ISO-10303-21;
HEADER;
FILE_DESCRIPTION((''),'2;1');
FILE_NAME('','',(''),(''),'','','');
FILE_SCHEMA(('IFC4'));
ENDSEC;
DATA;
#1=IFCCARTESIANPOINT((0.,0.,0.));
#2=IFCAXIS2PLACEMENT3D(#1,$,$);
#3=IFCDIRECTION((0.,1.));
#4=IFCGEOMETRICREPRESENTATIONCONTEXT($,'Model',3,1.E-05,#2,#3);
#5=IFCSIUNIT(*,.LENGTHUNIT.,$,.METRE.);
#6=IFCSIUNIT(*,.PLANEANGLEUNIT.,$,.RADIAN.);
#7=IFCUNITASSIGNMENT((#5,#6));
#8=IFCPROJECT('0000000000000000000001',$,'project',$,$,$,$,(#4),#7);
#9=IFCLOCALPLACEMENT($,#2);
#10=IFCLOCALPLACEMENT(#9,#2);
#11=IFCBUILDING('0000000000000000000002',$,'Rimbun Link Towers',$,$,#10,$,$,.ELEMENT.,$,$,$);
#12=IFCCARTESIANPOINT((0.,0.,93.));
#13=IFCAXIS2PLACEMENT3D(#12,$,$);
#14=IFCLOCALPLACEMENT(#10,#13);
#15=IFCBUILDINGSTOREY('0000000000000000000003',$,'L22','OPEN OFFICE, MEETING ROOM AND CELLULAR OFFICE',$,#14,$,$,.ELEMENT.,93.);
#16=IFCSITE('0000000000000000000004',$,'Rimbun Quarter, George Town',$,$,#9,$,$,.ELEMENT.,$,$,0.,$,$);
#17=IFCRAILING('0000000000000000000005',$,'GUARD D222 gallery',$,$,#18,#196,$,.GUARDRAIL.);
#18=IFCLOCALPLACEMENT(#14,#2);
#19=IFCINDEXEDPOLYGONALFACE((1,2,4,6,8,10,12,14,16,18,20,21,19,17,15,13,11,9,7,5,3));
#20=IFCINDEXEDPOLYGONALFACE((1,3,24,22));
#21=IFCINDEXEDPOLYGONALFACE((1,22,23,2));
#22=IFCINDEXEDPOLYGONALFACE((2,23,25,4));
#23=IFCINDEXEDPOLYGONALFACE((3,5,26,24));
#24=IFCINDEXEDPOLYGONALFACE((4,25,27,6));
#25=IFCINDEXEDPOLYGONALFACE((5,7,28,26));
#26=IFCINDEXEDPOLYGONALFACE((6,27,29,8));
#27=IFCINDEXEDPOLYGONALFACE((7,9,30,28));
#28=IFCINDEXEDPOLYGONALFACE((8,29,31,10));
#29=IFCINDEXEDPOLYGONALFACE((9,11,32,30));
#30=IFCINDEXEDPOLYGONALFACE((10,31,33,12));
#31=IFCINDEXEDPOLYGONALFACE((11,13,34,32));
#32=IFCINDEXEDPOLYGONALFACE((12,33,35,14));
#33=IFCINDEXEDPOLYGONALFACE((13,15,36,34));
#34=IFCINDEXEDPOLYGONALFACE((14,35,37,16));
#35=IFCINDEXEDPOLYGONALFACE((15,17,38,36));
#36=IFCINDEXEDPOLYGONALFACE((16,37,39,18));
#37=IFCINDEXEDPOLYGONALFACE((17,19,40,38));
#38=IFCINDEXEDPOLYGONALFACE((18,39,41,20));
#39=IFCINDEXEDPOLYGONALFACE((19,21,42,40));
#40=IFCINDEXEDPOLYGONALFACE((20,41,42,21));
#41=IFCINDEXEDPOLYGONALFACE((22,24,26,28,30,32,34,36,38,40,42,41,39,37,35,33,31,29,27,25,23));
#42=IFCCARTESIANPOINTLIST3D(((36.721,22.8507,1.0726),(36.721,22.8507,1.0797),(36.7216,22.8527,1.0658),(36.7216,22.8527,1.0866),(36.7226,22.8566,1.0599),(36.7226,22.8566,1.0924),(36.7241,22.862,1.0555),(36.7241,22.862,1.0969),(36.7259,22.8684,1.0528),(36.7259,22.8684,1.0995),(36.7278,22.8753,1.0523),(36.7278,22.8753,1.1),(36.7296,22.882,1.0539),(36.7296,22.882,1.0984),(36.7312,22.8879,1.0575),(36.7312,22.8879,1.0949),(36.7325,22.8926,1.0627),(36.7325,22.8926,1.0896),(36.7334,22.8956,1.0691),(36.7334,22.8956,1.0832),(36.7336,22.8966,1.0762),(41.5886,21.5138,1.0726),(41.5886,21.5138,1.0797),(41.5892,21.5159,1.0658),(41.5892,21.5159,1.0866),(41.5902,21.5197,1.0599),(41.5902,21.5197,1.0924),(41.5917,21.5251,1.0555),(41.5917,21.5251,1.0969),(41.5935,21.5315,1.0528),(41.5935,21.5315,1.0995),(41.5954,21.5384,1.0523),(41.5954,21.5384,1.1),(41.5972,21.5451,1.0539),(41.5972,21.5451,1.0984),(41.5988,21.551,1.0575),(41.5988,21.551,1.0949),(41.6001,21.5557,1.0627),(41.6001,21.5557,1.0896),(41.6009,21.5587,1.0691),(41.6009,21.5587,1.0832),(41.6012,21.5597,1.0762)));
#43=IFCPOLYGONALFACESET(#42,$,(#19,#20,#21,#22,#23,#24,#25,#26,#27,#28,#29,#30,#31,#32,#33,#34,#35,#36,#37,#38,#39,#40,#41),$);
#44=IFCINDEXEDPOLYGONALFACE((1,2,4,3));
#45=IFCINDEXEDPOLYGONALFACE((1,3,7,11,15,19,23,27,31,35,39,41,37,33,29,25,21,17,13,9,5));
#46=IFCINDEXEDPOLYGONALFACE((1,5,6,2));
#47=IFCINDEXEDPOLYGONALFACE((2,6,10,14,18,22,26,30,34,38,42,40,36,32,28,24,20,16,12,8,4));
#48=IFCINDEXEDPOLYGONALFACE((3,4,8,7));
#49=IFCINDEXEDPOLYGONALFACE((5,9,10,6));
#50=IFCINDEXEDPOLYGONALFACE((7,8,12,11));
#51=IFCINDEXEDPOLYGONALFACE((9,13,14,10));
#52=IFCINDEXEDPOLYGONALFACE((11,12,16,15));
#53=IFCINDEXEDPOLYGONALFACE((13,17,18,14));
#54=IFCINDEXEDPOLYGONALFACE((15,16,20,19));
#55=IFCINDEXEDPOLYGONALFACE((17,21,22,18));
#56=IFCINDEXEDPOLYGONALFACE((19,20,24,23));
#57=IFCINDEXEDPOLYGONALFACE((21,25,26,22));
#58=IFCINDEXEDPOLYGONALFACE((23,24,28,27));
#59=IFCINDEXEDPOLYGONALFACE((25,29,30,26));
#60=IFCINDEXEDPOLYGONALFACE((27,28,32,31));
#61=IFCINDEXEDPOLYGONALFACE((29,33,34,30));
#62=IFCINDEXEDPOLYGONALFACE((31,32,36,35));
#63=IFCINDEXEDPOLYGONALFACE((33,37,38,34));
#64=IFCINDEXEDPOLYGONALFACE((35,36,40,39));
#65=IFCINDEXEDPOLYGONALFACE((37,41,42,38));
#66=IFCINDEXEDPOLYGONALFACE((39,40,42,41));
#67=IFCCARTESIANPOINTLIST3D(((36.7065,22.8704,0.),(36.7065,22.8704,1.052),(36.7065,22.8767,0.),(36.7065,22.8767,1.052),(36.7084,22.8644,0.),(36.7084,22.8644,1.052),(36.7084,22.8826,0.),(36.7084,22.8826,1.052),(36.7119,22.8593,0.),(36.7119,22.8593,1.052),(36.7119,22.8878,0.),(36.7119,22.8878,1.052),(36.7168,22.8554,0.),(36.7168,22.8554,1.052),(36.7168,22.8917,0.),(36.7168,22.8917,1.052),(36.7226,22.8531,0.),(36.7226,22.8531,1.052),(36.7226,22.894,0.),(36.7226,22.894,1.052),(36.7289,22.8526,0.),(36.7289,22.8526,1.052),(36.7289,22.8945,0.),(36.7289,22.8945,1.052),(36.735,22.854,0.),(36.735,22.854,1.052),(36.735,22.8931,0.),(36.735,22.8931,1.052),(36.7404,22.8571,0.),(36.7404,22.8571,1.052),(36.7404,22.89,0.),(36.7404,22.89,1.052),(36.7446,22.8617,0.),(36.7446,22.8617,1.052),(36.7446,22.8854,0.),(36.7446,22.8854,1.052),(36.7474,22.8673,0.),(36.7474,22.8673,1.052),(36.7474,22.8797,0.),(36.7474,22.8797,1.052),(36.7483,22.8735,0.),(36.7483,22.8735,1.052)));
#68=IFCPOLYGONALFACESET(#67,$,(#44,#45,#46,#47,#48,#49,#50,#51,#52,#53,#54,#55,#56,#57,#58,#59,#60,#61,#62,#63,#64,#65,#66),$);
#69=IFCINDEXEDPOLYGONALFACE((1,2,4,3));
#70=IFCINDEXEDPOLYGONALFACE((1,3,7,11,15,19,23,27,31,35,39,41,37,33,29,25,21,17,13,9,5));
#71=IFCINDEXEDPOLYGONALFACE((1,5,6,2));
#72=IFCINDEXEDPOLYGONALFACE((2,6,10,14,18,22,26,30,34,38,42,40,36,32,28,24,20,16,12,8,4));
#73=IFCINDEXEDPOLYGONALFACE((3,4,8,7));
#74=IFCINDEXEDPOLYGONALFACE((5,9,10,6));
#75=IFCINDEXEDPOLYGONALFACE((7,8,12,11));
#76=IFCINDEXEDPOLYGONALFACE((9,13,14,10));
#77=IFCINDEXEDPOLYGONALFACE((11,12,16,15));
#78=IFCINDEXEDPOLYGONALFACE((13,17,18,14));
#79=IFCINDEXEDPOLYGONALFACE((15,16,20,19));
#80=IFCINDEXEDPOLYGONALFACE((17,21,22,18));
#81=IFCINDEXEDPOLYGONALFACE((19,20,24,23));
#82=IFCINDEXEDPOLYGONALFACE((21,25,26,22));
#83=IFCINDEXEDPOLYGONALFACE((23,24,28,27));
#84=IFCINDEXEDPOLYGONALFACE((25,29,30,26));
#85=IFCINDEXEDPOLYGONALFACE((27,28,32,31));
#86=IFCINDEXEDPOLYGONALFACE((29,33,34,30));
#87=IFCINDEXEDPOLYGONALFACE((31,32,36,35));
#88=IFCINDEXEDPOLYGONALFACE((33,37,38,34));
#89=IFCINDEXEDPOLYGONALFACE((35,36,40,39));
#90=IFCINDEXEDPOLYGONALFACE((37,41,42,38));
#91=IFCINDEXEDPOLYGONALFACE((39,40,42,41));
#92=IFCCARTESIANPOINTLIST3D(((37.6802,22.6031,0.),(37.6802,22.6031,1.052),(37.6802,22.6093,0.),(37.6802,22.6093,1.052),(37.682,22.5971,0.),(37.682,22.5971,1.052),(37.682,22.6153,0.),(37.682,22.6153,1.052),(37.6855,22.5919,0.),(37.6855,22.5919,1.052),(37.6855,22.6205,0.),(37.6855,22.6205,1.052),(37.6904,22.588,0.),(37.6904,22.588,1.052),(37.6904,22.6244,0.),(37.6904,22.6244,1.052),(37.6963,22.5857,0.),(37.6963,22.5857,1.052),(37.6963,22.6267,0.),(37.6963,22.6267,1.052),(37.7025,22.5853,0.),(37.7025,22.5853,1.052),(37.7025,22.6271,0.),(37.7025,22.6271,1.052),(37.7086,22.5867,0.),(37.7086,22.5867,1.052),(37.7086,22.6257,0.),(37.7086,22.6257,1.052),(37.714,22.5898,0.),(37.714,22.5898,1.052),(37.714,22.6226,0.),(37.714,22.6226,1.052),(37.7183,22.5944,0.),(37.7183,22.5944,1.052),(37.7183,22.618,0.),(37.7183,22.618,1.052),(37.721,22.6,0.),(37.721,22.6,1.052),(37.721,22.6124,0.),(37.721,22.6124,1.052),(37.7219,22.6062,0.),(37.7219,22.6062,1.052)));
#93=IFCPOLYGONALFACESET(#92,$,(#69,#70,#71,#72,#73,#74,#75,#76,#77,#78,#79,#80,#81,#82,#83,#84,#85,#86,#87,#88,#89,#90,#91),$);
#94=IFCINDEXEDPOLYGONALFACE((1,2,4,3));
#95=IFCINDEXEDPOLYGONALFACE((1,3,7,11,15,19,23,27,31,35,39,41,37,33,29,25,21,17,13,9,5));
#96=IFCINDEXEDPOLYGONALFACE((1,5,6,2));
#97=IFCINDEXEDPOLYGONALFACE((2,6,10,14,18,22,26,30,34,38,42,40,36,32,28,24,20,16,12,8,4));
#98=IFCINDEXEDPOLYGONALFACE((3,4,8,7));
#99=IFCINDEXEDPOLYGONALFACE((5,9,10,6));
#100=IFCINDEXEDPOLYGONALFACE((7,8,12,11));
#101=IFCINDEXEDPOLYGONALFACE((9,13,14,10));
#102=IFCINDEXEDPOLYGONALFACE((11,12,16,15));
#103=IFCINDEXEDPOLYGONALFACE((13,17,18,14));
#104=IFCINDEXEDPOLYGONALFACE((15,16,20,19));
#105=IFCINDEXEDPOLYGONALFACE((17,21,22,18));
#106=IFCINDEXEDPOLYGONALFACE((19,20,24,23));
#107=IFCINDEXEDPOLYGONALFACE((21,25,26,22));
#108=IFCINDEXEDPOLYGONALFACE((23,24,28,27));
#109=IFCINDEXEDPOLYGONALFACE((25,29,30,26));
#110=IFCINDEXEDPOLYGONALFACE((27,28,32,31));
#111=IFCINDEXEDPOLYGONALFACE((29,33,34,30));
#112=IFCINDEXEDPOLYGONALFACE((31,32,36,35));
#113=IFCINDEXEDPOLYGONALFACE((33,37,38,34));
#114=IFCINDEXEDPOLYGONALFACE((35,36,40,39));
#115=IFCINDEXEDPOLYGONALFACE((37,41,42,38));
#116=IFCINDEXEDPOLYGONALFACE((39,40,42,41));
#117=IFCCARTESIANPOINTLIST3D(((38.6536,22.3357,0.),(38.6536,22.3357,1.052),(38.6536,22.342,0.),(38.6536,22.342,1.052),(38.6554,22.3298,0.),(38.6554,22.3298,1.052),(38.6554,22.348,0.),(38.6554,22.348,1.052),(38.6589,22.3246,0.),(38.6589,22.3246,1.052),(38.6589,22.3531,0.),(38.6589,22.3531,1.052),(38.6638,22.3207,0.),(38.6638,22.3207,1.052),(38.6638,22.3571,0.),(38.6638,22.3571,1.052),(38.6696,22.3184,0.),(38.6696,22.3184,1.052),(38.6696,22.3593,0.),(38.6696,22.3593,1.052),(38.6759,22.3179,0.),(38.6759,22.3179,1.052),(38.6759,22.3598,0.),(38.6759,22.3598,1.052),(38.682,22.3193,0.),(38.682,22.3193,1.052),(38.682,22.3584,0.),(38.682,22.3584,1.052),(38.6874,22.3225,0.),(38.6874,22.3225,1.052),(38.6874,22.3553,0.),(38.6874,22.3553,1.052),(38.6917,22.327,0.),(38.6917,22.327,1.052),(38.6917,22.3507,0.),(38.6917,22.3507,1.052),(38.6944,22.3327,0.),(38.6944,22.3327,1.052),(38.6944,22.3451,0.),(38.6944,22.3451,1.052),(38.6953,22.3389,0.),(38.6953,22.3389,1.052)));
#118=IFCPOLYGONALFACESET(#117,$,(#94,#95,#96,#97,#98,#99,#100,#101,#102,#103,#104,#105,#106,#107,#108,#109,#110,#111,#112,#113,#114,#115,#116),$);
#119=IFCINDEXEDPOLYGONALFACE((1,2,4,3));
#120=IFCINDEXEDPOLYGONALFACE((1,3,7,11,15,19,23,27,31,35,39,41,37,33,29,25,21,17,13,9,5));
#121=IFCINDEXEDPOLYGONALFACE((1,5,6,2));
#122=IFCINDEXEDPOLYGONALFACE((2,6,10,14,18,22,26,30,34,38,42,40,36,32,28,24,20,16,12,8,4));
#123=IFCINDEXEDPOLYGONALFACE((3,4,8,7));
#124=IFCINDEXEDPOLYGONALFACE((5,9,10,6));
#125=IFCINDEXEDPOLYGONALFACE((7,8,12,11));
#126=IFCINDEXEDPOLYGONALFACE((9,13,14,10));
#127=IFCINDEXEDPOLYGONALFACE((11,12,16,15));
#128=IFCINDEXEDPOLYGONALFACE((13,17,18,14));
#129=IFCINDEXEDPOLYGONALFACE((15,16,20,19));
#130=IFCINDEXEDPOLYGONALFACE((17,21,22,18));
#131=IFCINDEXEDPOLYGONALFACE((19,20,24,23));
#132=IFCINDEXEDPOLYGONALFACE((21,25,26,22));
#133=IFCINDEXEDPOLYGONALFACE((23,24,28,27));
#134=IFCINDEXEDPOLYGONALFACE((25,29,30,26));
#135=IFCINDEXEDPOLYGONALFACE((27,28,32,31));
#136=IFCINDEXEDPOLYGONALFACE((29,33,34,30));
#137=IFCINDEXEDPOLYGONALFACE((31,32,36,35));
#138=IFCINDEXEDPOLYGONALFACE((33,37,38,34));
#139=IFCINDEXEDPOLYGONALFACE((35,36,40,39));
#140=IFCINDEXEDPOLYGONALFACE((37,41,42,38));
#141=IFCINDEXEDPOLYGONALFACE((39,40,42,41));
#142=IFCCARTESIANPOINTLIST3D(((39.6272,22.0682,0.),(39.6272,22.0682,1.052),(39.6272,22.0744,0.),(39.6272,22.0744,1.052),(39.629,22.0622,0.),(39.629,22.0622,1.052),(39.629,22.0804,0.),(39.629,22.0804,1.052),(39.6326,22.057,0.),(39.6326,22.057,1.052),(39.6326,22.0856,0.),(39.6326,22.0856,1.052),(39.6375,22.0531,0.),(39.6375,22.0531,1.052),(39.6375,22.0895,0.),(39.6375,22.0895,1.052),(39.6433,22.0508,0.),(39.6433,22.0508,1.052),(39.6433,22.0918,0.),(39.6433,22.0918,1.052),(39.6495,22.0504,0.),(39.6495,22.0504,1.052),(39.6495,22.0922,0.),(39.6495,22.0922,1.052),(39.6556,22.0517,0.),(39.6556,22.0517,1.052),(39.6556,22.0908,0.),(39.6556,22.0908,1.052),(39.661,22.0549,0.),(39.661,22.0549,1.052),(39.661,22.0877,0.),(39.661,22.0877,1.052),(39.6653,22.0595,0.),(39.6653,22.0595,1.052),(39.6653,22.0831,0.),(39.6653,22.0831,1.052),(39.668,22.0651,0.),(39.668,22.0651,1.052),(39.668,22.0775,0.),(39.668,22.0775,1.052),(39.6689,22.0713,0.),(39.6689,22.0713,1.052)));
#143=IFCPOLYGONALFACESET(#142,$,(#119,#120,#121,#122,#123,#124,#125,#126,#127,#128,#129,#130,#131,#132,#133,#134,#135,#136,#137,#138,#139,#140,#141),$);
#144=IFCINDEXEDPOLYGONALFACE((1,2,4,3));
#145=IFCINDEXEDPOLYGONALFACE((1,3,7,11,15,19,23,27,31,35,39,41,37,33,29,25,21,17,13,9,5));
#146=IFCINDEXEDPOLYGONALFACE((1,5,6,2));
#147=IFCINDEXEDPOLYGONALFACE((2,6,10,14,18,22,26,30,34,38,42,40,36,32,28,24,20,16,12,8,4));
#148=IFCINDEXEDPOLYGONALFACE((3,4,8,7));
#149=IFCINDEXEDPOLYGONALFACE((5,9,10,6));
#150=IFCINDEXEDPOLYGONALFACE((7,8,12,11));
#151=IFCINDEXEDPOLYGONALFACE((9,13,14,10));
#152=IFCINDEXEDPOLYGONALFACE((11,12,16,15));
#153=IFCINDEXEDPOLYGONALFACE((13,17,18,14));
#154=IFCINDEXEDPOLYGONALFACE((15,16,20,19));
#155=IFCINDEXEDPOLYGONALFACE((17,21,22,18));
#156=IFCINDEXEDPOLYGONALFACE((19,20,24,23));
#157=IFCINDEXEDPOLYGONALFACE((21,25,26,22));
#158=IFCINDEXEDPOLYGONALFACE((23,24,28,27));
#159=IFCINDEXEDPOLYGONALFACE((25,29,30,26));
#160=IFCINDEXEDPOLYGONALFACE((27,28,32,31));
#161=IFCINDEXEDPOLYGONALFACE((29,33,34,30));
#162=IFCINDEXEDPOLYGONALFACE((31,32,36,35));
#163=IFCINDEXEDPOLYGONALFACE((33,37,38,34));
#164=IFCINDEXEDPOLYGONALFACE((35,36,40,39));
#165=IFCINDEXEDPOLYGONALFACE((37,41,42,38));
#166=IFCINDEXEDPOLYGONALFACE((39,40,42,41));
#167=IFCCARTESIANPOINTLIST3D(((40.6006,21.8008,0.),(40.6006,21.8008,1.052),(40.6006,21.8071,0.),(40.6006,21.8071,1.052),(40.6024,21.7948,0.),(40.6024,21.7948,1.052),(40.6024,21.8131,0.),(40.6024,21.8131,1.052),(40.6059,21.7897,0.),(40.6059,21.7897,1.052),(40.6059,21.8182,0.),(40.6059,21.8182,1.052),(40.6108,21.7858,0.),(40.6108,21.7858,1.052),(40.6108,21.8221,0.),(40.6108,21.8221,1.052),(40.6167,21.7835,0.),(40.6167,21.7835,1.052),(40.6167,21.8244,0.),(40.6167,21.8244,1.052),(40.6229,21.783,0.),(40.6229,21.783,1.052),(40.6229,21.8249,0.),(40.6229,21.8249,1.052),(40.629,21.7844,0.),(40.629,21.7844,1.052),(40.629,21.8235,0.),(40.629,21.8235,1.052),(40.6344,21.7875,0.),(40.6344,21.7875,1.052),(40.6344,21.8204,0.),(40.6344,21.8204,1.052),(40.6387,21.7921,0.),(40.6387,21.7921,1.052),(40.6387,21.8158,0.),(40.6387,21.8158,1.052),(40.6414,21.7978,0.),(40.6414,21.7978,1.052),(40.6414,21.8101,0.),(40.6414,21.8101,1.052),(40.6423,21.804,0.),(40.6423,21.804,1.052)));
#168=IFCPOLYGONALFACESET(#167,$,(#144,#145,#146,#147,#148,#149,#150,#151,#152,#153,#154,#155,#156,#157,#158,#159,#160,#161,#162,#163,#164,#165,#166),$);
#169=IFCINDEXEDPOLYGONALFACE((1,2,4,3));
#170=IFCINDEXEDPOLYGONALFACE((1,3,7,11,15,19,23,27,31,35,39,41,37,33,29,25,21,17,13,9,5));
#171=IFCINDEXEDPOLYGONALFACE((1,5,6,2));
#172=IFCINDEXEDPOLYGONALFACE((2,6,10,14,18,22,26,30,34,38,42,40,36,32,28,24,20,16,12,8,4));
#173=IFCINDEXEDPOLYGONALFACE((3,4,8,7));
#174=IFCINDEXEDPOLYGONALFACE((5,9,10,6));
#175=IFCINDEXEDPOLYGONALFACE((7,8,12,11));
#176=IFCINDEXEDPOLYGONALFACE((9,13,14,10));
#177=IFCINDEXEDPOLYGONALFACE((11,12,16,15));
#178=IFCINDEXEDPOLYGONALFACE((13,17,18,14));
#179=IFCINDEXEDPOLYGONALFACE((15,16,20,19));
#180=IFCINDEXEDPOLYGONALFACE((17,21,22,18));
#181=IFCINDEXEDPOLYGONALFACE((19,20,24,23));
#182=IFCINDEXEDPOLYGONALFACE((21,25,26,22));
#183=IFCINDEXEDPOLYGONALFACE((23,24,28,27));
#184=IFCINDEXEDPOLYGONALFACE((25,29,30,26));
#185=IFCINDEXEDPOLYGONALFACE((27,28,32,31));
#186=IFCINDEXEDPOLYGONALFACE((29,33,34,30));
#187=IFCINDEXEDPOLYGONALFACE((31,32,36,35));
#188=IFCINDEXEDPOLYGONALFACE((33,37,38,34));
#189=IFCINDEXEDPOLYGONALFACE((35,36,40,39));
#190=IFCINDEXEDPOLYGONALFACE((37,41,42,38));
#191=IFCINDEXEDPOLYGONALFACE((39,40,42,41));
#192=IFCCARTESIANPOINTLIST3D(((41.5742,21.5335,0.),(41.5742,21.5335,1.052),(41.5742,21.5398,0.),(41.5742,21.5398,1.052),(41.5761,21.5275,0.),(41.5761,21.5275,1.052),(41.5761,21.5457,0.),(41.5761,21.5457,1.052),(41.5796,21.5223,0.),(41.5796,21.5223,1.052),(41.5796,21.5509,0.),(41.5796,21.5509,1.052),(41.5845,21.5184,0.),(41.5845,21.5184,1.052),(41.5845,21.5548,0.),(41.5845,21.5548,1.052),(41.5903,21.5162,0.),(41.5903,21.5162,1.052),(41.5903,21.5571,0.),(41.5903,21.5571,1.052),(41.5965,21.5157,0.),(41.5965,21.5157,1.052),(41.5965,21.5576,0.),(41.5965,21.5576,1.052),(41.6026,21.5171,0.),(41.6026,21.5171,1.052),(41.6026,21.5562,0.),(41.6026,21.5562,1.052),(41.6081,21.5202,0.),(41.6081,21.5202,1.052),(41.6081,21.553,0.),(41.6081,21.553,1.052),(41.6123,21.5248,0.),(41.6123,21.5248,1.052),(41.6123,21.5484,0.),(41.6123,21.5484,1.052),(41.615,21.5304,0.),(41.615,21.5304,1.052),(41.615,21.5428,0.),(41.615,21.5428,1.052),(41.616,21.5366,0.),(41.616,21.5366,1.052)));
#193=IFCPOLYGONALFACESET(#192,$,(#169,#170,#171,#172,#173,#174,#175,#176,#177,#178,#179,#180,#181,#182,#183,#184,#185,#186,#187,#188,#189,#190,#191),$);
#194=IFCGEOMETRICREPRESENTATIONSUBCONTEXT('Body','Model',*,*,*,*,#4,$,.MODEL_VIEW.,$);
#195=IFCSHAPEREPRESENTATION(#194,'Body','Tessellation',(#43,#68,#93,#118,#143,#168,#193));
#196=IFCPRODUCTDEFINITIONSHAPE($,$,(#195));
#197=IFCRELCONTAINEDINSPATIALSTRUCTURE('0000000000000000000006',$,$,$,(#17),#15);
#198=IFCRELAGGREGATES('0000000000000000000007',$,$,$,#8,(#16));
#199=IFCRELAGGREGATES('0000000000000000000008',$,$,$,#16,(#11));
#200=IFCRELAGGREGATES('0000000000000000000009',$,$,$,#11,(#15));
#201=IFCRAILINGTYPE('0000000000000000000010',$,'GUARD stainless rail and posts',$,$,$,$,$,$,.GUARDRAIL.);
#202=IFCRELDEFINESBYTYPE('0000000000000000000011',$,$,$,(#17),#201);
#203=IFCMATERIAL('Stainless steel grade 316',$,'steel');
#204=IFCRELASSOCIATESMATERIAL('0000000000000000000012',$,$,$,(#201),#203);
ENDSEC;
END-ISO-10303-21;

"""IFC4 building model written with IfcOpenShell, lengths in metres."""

from ifc_helpers import new_model, si_unit, direction, frame, origin, origin_2d, place, context, subcontext, project, spatial, circle, extrude, material, type_object, element, save


model = new_model("IFC4")

# Units and contexts
model_context = context("Model", 3, precision=1e-05, world=origin(), true_north=direction((0.0, 1.0)))
body_context = subcontext(model_context, "Body", "Model", "MODEL_VIEW")
ifc_project = project(units=[si_unit("LENGTHUNIT", "METRE"), si_unit("PLANEANGLEUNIT", "RADIAN")], contexts=[model_context])

# Site, building, storey
site_placement = place(None, origin())
site = spatial("IfcSite", under=ifc_project, at=site_placement, Name="Rimbun Quarter, George Town", CompositionType="ELEMENT", RefElevation=0.0)
building_placement = place(site_placement, origin())
building = spatial("IfcBuilding", under=site, at=building_placement, Name="Rimbun Link Towers", CompositionType="ELEMENT")
storey_placement = place(building_placement, frame((0.0, 0.0, 93.0)))
storey = spatial("IfcBuildingStorey", under=building, at=storey_placement, Name="L22", Description="OPEN OFFICE, MEETING ROOM AND CELLULAR OFFICE", CompositionType="ELEMENT", Elevation=93.0)

# Railing
ifc_material_1 = material(Name="Stainless steel grade 316", Category="steel")
railing_type = type_object("IfcRailingType", Name="GUARD stainless rail and posts", PredefinedType="GUARDRAIL", material=ifc_material_1)
railing_1_placement = place(storey_placement, frame((36.7273, 22.8735, 0.0)))
element("IfcRailing", 1, at=railing_1_placement, inside=storey, type_object=railing_type, Name="GUARD D222 gallery", PredefinedType="GUARDRAIL", context=body_context, shape_type="SweptSolid", body=[
    extrude(circle(Radius=0.0239, at=origin_2d()), frame((0.0, 0.0, 1.0762), z_axis=(0.964291, -0.264844, 0.0), x_axis=(0.264844, 0.964291, 0.0)), (0.0, 0.0, 1.0), 5.0479),
    extrude(circle(Radius=0.021, at=origin_2d()), origin(), (0.0, 0.0, 1.0), 1.052),
    extrude(circle(Radius=0.021, at=origin_2d()), frame((0.9736, -0.2673, 0.0)), (0.0, 0.0, 1.0), 1.052),
    extrude(circle(Radius=0.021, at=origin_2d()), frame((1.947, -0.5347, 0.0)), (0.0, 0.0, 1.0), 1.052),
    extrude(circle(Radius=0.021, at=origin_2d()), frame((2.9207, -0.8022, 0.0)), (0.0, 0.0, 1.0), 1.052),
    extrude(circle(Radius=0.021, at=origin_2d()), frame((3.894, -1.0696, 0.0)), (0.0, 0.0, 1.0), 1.052),
    extrude(circle(Radius=0.021, at=origin_2d()), frame((4.8677, -1.3369, 0.0)), (0.0, 0.0, 1.0), 1.052),
])

save(model, "model.ifc")
